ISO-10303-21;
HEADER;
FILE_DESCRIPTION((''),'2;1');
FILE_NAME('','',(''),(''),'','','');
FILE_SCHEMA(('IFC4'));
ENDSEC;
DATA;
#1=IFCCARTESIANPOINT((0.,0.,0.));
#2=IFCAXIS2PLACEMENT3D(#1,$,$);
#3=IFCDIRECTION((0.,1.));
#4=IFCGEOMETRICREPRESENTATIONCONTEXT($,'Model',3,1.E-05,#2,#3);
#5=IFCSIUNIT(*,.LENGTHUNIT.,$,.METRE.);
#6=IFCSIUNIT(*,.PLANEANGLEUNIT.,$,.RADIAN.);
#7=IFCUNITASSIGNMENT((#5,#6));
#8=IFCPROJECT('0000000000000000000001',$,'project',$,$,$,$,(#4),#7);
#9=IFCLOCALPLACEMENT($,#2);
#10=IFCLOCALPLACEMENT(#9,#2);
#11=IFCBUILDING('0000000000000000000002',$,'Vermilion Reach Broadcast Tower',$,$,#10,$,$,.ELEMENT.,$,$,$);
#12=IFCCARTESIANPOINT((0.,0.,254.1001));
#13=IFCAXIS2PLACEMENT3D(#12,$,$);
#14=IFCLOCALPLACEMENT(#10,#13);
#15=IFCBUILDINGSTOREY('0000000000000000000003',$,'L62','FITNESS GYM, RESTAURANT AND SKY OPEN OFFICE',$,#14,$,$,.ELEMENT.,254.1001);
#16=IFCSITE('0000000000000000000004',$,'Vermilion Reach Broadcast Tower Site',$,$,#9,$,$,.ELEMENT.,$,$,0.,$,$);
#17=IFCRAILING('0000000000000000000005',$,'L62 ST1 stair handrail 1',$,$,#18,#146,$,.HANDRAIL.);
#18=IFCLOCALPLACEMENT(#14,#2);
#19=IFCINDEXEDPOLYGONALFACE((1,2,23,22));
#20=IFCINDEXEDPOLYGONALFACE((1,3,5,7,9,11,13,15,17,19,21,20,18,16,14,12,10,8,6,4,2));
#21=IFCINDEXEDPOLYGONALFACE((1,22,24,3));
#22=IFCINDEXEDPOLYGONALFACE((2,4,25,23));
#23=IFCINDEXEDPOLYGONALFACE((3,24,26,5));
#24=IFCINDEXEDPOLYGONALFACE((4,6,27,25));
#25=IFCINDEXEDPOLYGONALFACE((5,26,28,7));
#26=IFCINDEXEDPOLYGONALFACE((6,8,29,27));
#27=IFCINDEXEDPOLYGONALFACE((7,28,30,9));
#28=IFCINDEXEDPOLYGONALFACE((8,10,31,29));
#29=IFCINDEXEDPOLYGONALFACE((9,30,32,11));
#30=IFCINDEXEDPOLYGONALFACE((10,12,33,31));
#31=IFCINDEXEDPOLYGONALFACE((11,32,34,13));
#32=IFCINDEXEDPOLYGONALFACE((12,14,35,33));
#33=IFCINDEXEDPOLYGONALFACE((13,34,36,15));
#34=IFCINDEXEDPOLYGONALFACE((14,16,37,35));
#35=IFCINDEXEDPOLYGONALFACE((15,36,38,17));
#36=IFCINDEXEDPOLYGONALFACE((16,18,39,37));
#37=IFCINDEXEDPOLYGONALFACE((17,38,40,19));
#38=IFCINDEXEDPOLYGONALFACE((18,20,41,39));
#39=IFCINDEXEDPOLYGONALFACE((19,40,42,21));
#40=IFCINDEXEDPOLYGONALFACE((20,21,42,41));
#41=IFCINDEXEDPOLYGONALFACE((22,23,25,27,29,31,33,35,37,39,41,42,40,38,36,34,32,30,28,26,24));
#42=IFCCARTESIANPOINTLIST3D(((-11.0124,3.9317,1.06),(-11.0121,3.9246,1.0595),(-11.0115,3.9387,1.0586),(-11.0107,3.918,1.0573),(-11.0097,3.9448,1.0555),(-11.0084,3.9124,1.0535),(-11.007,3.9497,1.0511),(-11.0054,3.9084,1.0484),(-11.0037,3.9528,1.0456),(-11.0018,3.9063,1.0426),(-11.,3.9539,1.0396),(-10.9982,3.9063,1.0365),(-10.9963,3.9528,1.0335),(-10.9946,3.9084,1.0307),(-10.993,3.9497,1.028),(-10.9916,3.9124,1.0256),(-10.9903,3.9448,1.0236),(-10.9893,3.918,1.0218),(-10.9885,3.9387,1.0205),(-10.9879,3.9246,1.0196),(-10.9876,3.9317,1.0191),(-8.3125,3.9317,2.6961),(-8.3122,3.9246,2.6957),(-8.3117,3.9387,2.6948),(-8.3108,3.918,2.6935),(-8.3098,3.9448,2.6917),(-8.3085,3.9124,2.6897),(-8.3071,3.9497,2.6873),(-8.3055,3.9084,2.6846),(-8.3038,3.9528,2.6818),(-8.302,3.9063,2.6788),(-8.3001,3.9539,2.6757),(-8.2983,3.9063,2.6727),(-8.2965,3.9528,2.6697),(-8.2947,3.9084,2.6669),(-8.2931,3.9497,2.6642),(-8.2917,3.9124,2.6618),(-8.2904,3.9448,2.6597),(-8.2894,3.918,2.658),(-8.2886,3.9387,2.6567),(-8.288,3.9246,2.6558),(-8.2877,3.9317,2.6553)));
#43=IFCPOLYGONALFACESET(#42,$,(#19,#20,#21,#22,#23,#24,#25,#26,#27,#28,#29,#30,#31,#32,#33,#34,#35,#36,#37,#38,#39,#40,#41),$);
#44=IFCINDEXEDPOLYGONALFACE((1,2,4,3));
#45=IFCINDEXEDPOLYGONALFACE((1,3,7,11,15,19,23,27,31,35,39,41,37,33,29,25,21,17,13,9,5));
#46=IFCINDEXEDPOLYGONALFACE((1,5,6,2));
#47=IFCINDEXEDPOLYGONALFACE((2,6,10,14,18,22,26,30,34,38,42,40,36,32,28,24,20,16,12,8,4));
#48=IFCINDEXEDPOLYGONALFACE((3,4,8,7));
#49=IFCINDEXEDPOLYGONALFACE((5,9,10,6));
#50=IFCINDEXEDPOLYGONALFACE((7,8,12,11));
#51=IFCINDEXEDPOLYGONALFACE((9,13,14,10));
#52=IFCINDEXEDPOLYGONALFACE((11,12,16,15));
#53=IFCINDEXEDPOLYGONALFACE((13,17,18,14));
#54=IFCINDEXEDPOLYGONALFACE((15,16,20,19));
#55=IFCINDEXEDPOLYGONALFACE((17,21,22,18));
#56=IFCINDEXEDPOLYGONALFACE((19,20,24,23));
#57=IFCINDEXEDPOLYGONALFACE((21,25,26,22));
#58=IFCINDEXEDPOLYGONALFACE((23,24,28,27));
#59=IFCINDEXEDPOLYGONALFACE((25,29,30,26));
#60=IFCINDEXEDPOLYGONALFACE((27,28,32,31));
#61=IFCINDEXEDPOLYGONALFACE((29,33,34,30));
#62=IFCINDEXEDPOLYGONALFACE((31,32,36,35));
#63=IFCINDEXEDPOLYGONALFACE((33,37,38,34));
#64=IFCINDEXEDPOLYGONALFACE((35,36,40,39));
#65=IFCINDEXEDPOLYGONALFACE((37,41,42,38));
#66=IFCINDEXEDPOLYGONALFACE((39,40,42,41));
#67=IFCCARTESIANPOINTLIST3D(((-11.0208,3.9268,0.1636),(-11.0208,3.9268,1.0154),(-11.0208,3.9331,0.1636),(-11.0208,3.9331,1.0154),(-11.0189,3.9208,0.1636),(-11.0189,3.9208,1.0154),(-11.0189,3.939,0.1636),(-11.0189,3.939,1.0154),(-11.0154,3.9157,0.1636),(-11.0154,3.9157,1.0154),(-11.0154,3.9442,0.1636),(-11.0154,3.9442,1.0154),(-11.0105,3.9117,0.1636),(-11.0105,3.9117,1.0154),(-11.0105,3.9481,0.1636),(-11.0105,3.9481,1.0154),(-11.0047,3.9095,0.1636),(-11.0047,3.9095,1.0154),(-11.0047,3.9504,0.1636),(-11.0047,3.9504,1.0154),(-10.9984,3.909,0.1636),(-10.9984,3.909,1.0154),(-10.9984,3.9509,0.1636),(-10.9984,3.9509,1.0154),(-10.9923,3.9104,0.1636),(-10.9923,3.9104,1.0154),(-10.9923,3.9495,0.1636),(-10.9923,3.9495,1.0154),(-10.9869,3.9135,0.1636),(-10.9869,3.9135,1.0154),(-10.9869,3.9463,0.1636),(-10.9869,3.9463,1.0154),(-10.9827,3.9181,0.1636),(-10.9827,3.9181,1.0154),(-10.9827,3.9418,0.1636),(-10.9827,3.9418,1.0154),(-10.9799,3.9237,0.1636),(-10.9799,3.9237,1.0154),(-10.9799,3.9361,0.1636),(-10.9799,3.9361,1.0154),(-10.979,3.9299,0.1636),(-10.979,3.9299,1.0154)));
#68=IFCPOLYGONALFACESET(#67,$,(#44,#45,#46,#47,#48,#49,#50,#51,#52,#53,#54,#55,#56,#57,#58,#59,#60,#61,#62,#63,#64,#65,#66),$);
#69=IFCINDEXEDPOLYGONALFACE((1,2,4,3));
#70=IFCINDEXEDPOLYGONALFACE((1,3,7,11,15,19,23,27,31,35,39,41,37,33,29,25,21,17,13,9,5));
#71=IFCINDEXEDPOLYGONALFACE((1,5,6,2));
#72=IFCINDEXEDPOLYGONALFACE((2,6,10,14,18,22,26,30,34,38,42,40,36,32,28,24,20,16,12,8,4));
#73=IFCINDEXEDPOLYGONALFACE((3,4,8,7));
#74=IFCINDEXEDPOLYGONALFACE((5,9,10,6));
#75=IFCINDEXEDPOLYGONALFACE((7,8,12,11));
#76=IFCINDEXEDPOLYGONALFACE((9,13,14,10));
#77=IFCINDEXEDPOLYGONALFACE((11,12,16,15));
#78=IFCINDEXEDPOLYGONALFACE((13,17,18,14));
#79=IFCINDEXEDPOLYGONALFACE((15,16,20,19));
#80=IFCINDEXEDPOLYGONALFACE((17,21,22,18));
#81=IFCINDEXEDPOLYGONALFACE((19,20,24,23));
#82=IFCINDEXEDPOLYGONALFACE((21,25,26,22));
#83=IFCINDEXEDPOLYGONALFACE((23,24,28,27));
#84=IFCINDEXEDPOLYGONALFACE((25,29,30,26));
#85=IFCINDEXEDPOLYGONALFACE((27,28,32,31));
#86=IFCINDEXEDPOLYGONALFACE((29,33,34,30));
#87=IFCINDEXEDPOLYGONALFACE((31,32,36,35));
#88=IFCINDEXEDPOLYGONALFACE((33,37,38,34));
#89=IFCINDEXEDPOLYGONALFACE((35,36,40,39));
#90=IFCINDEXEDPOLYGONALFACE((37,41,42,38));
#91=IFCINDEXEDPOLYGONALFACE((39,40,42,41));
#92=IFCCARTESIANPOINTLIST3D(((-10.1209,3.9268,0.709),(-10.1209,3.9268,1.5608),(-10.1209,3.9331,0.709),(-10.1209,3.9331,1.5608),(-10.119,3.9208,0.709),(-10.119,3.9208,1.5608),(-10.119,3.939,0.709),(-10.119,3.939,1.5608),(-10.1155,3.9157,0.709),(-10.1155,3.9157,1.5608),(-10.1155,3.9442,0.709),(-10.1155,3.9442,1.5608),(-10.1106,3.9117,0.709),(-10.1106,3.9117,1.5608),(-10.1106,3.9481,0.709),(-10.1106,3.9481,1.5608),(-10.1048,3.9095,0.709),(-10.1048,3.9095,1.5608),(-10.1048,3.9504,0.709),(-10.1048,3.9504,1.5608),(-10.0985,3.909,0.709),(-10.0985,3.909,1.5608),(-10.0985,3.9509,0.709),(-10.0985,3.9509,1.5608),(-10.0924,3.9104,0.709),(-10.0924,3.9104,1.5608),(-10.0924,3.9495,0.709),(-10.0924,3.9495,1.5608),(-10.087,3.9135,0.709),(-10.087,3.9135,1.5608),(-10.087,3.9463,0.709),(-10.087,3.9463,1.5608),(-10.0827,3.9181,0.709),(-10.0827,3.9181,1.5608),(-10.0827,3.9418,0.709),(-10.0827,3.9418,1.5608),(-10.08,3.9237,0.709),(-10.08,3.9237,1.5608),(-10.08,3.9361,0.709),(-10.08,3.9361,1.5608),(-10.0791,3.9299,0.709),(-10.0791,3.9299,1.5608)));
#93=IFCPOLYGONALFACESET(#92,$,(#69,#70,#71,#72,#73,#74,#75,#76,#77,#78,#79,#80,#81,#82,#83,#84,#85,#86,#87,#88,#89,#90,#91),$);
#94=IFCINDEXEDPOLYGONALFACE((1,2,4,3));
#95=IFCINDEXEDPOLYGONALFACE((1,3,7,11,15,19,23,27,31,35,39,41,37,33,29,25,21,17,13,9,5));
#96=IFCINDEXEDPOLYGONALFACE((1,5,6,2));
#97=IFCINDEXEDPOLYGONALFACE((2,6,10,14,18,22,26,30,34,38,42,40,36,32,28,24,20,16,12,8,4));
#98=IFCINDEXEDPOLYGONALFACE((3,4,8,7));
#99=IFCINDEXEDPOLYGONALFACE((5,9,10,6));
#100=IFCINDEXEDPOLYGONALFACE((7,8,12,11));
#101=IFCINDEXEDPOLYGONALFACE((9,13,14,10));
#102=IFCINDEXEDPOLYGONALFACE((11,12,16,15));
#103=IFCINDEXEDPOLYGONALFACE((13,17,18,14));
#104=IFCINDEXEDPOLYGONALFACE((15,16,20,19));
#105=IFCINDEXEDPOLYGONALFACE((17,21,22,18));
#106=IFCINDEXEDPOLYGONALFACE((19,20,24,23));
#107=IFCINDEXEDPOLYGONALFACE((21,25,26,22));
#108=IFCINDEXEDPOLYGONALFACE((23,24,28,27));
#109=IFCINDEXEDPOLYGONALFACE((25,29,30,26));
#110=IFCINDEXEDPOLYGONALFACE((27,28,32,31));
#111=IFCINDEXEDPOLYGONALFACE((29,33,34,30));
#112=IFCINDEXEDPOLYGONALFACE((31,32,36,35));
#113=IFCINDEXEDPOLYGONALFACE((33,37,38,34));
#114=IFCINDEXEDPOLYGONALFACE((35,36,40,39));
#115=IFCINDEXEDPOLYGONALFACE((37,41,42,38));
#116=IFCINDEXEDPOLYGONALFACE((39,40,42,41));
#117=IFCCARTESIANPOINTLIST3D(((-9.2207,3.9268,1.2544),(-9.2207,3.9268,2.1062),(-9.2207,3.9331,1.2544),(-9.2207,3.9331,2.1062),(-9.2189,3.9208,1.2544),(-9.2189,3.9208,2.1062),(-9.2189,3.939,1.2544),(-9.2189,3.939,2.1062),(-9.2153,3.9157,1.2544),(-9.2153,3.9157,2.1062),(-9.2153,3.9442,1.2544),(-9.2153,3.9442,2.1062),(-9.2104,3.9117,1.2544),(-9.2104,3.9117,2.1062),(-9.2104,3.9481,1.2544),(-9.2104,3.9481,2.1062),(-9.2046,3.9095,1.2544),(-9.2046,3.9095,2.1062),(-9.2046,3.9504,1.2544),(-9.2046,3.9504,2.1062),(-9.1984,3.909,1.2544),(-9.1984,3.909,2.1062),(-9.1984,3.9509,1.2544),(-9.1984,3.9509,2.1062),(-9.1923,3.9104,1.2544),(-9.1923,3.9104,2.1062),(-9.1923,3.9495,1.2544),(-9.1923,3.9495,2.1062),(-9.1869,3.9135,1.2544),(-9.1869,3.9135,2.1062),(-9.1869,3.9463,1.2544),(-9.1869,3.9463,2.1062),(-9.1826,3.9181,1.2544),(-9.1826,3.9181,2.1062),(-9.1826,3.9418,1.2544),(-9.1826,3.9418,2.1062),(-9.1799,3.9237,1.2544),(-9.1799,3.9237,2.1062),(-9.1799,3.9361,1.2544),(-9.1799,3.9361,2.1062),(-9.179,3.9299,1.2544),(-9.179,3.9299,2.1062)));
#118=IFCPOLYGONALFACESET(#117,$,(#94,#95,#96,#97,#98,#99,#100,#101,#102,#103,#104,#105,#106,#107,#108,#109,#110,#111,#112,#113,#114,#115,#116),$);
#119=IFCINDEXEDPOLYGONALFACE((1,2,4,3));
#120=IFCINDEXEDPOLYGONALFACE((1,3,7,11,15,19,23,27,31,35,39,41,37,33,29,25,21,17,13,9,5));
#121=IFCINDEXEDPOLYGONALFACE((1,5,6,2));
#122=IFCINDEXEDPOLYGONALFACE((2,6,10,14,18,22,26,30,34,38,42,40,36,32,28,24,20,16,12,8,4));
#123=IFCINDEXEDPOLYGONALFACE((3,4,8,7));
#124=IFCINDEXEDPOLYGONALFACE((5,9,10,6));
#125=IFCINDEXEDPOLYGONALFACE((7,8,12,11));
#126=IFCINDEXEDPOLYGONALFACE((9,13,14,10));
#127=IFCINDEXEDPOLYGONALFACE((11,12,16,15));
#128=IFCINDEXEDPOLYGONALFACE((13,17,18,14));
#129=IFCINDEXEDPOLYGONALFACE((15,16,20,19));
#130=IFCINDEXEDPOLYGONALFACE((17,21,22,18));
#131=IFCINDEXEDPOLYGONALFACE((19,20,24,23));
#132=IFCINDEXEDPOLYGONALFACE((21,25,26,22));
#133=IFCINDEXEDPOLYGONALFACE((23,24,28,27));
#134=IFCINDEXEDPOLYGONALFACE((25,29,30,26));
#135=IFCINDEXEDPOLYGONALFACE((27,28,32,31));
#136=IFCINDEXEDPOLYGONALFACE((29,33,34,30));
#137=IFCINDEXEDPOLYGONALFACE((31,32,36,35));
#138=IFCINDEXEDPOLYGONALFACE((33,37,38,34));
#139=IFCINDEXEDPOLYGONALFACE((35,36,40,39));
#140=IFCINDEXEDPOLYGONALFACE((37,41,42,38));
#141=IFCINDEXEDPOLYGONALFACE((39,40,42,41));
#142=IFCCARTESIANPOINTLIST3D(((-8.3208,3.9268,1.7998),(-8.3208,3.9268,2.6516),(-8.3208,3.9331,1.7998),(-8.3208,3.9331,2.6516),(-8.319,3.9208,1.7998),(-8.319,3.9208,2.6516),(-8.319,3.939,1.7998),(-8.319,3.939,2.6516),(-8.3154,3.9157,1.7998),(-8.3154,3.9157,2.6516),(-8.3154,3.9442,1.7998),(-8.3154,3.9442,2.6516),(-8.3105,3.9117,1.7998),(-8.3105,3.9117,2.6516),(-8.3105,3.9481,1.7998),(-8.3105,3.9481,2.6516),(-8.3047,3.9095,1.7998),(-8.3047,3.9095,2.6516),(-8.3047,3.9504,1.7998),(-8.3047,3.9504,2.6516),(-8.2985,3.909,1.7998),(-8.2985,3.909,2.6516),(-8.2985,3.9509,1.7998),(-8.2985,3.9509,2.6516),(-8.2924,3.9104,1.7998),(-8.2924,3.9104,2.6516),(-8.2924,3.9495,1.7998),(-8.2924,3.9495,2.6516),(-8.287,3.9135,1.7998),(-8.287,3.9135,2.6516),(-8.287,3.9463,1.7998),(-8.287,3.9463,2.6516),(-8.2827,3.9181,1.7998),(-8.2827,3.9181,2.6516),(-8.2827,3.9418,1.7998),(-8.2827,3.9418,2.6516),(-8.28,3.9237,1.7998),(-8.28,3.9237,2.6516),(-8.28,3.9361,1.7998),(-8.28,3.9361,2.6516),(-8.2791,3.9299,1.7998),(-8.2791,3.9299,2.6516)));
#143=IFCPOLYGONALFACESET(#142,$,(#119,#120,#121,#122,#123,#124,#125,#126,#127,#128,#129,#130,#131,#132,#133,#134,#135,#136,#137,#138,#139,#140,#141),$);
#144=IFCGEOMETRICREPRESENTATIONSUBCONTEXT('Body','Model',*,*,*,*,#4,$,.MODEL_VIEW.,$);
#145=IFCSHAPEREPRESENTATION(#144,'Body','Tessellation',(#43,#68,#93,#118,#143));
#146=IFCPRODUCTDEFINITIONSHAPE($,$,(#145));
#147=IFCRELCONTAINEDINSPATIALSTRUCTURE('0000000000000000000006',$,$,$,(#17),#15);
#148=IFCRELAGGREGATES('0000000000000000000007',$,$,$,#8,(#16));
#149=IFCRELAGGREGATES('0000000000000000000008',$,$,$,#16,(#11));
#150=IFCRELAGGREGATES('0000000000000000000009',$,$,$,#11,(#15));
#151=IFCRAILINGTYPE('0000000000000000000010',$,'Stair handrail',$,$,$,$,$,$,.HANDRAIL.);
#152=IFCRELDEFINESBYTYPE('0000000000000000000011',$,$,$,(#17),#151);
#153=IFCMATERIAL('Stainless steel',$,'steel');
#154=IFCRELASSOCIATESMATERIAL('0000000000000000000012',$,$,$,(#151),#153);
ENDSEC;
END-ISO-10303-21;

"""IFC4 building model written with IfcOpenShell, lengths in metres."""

from ifc_helpers import new_model, si_unit, direction, frame, origin, origin_2d, place, context, subcontext, project, spatial, circle, extrude, material, type_object, element, save


model = new_model("IFC4")

# Units and contexts
model_context = context("Model", 3, precision=1e-05, world=origin(), true_north=direction((0.0, 1.0)))
body_context = subcontext(model_context, "Body", "Model", "MODEL_VIEW")
ifc_project = project(units=[si_unit("LENGTHUNIT", "METRE"), si_unit("PLANEANGLEUNIT", "RADIAN")], contexts=[model_context])

# Site, building, storey
site_placement = place(None, origin())
site = spatial("IfcSite", under=ifc_project, at=site_placement, Name="Vermilion Reach Broadcast Tower Site", CompositionType="ELEMENT", RefElevation=0.0)
building_placement = place(site_placement, origin())
building = spatial("IfcBuilding", under=site, at=building_placement, Name="Vermilion Reach Broadcast Tower", CompositionType="ELEMENT")
storey_placement = place(building_placement, frame((0.0, 0.0, 254.1001)))
storey = spatial("IfcBuildingStorey", under=building, at=storey_placement, Name="L62", Description="FITNESS GYM, RESTAURANT AND SKY OPEN OFFICE", CompositionType="ELEMENT", Elevation=254.1001)

# Railing
ifc_material_1 = material(Name="Stainless steel", Category="steel")
railing_type_1 = type_object("IfcRailingType", Name="Stair handrail", PredefinedType="HANDRAIL", material=ifc_material_1)
railing_1_placement = place(storey_placement, frame((-11.0, 3.9299, 0.1636)))
element("IfcRailing", 1, at=railing_1_placement, inside=storey, type_object=railing_type_1, Name="L62 ST1 stair handrail 1", PredefinedType="HANDRAIL", context=body_context, shape_type="SweptSolid", body=[
    extrude(circle(Radius=0.0239, at=origin_2d()), frame((0.0, 0.0, 0.876), z_axis=(0.855212, 0.0, 0.518278), x_axis=(0.0, 1.0, 0.0)), (0.0, 0.0, 1.0), 3.157),
    extrude(circle(Radius=0.021, at=origin_2d()), origin(), (0.0, 0.0, 1.0), 0.8518),
    extrude(circle(Radius=0.021, at=origin_2d()), frame((0.8999, 0.0, 0.5454)), (0.0, 0.0, 1.0), 0.8518),
    extrude(circle(Radius=0.021, at=origin_2d()), frame((1.8, 0.0, 1.0908)), (0.0, 0.0, 1.0), 0.8518),
    extrude(circle(Radius=0.021, at=origin_2d()), frame((2.7, 0.0, 1.6362)), (0.0, 0.0, 1.0), 0.8518),
])

save(model, "model.ifc")
